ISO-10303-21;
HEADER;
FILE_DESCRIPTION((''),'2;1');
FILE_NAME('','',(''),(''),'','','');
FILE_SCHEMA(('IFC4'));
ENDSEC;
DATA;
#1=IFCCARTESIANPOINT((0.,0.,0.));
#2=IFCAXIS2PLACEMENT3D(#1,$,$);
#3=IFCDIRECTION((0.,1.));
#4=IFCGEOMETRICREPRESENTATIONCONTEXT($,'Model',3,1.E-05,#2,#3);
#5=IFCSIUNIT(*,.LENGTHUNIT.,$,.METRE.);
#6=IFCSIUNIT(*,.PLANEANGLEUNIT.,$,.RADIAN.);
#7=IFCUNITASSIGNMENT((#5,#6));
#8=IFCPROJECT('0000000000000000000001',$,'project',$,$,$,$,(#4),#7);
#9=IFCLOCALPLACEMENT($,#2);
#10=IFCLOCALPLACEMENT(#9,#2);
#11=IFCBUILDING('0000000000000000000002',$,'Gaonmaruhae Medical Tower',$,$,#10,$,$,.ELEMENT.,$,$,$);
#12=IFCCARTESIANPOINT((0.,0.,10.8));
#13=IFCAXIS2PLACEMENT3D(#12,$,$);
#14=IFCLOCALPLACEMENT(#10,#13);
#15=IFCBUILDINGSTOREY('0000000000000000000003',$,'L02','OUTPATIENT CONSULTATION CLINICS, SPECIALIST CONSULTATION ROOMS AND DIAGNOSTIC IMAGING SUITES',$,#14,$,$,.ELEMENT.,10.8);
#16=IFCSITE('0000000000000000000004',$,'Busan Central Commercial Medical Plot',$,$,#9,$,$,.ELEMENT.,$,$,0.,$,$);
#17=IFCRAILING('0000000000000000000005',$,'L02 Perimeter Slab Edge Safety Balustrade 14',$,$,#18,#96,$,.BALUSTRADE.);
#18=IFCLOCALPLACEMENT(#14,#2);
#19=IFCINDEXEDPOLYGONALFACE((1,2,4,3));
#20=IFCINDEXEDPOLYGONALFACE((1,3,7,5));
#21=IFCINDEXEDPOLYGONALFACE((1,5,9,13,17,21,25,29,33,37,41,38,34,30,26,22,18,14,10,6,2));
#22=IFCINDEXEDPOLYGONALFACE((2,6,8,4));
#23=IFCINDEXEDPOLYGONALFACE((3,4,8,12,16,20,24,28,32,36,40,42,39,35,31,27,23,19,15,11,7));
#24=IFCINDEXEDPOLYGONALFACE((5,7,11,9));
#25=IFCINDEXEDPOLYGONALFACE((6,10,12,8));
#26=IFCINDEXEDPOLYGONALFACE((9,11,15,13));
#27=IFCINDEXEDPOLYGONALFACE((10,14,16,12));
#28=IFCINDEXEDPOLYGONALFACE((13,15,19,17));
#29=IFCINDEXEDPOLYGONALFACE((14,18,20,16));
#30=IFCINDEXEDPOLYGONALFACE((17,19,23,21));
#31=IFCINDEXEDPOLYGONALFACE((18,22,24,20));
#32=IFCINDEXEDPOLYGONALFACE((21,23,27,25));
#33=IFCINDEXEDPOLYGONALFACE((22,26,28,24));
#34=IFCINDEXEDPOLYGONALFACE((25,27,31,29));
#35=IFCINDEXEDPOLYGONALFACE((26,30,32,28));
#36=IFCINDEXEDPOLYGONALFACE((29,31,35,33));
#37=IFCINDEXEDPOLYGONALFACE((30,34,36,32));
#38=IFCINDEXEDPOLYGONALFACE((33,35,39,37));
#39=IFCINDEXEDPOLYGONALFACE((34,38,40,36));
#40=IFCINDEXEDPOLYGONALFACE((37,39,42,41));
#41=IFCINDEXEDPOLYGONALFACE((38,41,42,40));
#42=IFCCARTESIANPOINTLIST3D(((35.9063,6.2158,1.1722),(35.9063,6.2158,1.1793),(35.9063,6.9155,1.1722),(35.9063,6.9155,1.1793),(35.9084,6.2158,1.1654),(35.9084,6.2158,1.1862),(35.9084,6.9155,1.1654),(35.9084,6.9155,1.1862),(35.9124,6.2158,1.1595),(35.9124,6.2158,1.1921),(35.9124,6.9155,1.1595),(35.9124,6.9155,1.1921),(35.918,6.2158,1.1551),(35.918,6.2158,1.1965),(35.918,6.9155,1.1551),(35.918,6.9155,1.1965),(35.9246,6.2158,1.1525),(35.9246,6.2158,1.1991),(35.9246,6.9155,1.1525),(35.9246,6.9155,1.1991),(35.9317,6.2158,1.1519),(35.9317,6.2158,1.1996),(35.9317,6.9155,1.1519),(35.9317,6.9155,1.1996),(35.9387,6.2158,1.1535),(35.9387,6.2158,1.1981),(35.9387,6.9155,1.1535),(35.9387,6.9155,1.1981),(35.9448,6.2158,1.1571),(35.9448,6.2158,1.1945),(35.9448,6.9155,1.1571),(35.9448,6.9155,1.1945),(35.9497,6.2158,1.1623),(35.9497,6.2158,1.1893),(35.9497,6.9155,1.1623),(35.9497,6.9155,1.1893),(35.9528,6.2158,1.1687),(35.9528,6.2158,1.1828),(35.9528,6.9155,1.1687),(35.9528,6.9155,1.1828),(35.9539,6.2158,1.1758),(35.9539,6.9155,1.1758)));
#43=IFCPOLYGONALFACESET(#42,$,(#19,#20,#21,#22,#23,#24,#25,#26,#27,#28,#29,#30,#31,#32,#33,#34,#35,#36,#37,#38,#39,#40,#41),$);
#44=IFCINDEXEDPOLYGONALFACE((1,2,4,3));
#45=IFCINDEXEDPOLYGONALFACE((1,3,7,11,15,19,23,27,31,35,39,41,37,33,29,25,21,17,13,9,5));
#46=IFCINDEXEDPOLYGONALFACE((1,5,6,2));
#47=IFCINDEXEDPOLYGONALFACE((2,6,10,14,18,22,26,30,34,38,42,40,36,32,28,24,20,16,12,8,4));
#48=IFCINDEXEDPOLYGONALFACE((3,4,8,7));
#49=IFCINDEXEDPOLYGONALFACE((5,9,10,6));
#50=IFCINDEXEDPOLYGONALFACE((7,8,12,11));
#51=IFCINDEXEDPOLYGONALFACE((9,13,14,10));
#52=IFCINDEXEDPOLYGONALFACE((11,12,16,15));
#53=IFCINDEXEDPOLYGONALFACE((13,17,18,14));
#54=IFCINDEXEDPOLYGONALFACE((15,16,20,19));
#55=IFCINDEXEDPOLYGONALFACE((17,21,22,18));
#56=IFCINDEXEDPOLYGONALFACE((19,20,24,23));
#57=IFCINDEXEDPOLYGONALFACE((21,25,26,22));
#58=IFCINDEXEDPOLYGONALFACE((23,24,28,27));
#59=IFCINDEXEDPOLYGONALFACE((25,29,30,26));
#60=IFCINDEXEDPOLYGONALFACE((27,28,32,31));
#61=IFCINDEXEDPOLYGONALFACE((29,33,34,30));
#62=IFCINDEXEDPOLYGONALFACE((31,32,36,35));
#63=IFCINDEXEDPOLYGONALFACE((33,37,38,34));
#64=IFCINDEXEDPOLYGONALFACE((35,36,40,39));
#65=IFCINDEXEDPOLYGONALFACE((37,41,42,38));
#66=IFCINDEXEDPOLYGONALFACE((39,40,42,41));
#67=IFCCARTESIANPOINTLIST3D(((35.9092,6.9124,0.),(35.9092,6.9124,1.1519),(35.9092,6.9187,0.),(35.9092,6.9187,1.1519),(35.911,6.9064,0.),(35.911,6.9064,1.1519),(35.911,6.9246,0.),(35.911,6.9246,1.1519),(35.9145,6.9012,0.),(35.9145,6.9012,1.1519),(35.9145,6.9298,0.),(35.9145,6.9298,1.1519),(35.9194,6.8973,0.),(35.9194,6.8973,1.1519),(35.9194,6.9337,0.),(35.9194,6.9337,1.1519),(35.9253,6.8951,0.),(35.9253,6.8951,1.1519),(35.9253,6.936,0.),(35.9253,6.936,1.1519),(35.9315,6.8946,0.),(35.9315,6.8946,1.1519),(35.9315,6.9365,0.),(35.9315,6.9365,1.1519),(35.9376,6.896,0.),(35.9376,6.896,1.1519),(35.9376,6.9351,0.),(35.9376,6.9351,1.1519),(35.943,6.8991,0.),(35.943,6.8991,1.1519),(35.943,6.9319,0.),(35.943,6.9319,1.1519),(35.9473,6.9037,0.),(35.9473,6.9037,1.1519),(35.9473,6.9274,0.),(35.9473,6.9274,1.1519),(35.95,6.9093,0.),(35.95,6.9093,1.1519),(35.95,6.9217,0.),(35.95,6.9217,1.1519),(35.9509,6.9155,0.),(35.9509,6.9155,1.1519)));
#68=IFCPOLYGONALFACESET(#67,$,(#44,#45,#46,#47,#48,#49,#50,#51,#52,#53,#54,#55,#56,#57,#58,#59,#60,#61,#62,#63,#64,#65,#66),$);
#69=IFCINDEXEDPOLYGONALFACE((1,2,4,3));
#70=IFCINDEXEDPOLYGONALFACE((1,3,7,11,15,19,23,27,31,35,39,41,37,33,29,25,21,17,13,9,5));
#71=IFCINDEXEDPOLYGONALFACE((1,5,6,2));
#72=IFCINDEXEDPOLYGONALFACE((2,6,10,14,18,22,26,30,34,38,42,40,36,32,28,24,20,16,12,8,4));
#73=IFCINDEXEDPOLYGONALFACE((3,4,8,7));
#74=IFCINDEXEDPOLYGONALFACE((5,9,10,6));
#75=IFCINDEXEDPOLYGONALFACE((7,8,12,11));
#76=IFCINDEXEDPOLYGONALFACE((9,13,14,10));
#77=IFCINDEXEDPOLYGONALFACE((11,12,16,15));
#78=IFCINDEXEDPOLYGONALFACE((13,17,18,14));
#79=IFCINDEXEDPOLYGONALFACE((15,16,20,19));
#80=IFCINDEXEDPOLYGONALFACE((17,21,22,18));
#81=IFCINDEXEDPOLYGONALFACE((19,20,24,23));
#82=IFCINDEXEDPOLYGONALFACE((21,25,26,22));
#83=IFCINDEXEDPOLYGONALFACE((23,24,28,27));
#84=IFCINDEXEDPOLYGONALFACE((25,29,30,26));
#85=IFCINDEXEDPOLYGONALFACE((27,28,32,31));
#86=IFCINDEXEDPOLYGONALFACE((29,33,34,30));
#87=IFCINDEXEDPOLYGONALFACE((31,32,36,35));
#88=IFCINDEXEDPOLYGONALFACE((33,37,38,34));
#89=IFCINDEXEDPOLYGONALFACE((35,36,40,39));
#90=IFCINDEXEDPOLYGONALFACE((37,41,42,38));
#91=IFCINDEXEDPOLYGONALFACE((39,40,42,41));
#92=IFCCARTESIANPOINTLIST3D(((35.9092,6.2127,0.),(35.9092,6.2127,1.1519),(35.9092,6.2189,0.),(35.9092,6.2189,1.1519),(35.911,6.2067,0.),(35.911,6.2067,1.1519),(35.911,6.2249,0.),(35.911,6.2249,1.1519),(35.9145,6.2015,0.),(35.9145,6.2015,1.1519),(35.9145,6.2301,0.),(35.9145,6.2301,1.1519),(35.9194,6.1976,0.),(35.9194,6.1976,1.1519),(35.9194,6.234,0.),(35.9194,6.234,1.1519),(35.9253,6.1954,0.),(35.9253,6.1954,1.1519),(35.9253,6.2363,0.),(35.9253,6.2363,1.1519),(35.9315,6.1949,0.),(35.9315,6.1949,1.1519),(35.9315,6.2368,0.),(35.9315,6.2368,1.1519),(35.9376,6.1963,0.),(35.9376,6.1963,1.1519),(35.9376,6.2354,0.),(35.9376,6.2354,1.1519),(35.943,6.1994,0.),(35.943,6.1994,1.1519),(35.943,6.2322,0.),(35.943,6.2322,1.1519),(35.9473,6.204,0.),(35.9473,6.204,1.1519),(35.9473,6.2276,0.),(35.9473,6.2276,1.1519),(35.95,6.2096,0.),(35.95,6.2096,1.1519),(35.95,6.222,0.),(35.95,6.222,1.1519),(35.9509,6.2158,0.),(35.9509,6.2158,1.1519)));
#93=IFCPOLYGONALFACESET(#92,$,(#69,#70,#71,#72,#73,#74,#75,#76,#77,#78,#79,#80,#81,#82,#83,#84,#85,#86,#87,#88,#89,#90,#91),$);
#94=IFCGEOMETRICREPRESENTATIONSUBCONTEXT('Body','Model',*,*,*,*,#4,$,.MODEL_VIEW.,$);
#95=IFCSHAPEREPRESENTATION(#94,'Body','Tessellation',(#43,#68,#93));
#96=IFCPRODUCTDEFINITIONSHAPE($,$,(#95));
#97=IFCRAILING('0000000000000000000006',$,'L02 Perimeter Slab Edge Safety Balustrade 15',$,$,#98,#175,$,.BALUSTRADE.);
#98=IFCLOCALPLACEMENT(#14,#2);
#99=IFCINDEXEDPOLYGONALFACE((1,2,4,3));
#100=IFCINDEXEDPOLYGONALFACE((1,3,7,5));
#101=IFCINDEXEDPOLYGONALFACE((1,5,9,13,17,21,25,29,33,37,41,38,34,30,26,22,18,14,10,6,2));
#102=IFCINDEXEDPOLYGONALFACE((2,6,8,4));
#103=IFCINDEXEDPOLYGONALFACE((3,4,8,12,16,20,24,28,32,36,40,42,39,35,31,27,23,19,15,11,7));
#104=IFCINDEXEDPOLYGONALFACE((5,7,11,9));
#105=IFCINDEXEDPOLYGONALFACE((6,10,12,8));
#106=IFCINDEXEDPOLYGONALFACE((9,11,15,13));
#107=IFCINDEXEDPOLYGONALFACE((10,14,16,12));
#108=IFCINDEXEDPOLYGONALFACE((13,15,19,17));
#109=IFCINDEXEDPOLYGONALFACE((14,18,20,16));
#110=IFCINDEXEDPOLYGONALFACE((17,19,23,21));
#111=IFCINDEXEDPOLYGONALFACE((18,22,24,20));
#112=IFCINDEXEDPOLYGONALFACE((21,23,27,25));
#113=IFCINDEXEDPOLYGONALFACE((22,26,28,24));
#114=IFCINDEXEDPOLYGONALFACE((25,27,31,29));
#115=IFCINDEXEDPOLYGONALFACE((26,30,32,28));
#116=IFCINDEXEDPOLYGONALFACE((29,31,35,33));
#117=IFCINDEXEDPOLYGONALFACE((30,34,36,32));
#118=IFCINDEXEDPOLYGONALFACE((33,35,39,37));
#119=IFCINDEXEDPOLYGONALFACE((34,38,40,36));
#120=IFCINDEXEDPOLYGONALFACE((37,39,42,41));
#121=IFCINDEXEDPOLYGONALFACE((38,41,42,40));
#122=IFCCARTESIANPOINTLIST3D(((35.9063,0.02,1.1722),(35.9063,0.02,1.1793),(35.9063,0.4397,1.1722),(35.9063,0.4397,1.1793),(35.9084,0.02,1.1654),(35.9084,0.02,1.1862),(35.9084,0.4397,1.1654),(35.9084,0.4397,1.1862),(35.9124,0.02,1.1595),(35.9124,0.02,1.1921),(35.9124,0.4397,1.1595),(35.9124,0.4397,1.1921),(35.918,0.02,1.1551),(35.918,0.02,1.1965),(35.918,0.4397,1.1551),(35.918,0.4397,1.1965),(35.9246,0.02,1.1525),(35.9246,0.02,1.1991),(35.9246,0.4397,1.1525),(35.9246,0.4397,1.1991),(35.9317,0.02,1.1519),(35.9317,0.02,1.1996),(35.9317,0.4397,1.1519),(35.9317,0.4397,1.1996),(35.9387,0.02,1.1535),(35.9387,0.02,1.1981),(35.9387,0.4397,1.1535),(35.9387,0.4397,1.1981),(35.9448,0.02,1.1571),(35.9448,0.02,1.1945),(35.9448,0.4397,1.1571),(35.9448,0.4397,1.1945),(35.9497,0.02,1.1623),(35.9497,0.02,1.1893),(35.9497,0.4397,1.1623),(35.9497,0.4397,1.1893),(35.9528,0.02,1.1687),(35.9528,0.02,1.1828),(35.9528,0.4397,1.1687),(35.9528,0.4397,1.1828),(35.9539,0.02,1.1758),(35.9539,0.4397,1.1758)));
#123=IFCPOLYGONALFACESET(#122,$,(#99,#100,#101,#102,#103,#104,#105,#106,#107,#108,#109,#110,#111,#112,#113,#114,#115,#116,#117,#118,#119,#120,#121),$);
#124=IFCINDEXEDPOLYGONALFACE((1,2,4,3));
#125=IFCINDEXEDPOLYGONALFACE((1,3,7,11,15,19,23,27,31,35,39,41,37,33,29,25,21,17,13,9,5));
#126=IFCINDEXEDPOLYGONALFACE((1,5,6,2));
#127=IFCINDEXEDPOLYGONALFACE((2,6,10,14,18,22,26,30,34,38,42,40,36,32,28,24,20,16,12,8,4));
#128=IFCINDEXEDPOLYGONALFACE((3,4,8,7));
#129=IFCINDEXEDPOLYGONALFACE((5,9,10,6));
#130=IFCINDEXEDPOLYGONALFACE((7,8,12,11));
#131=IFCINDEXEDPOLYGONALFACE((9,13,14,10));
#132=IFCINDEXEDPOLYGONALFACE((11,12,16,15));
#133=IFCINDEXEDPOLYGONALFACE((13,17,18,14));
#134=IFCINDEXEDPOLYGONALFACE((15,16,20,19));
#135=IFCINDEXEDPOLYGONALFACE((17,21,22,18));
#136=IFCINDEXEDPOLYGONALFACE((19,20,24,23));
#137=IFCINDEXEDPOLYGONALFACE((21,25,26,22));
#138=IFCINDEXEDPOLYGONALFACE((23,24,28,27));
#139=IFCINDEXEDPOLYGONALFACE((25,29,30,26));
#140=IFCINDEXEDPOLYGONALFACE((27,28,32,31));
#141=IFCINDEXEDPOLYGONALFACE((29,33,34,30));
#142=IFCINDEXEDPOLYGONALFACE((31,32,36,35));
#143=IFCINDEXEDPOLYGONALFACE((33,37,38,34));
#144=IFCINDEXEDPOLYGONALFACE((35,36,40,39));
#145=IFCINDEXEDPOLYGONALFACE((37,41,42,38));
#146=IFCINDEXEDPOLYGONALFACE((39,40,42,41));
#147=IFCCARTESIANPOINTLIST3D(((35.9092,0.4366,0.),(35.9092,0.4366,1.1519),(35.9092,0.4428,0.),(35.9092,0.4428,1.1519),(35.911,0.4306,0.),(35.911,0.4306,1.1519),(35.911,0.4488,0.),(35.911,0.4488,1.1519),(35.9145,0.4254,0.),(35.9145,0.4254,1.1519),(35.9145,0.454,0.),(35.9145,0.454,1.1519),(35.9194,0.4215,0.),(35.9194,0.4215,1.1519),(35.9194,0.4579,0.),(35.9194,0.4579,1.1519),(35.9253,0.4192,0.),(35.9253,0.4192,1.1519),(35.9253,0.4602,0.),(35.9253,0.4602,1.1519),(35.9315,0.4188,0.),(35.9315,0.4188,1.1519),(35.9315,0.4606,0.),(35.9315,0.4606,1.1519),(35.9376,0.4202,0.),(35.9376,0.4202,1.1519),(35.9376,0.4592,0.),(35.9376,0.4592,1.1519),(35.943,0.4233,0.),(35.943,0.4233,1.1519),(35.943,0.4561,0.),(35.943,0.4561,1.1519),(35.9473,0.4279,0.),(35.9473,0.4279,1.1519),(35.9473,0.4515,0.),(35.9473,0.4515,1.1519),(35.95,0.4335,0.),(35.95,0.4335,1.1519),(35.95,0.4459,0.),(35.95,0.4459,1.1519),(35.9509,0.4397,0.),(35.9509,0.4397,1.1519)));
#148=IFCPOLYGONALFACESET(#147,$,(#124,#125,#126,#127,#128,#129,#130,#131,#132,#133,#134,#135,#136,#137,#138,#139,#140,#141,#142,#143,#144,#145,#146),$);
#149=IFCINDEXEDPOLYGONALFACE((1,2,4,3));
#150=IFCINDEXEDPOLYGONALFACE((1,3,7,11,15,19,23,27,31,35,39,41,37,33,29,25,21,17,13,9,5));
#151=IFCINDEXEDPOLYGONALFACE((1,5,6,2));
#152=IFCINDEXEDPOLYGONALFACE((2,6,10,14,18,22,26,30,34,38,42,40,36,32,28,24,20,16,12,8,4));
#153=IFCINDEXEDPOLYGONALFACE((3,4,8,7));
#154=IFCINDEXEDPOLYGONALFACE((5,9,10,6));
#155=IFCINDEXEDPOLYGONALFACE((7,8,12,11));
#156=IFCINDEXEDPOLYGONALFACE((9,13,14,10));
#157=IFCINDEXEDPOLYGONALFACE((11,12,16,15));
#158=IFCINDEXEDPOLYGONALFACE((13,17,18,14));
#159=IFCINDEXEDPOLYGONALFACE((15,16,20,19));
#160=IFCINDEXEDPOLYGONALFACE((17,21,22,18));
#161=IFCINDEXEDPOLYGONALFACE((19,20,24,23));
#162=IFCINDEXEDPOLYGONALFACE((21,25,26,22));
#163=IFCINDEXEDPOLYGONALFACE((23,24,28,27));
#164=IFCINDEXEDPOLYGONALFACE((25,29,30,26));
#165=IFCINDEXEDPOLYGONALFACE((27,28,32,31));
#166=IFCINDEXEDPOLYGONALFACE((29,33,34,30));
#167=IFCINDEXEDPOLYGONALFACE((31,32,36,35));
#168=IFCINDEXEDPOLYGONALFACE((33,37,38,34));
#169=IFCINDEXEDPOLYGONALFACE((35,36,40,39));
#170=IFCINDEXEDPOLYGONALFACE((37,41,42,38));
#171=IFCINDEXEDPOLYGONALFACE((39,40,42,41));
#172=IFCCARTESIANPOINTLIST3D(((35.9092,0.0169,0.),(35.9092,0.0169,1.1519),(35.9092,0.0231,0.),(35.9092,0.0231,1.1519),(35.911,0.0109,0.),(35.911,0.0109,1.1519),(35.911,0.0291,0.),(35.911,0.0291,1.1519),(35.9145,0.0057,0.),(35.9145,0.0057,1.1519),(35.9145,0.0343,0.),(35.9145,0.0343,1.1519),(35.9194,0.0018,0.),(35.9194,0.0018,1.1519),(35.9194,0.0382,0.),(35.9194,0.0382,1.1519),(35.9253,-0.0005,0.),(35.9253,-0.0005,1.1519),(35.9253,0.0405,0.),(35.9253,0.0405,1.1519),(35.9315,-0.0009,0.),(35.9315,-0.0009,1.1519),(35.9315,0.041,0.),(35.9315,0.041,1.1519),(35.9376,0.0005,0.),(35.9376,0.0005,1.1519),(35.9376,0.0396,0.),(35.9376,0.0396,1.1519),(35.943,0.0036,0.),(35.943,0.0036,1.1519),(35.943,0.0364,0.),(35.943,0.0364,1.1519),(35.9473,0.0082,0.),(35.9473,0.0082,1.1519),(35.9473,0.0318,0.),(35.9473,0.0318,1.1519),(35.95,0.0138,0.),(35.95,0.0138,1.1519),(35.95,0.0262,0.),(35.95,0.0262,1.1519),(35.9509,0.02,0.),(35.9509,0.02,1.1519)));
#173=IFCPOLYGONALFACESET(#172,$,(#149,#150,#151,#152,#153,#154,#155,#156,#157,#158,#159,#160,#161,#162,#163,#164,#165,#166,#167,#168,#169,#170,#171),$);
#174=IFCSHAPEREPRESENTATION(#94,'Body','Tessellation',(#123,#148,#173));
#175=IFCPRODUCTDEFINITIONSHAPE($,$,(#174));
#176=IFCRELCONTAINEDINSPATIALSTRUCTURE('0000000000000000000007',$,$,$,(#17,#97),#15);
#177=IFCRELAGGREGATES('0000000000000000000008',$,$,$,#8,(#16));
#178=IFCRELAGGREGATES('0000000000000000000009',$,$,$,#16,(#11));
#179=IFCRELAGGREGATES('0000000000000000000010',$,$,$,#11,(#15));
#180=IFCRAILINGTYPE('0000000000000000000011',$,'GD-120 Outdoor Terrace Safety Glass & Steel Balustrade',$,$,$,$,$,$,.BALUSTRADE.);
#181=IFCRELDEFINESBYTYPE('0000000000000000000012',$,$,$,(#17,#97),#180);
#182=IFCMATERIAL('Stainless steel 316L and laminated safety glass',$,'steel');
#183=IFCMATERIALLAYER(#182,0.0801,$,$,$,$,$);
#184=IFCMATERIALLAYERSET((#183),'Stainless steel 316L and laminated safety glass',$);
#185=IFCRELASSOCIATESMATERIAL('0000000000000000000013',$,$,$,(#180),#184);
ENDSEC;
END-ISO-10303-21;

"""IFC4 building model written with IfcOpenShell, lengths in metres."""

from ifc_helpers import new_model, si_unit, direction, frame, origin, origin_2d, place, context, subcontext, project, spatial, circle, extrude, material, layer, layer_set, type_object, element, save


model = new_model("IFC4")

# Units and contexts
model_context = context("Model", 3, precision=1e-05, world=origin(), true_north=direction((0.0, 1.0)))
body_context = subcontext(model_context, "Body", "Model", "MODEL_VIEW")
ifc_project = project(units=[si_unit("LENGTHUNIT", "METRE"), si_unit("PLANEANGLEUNIT", "RADIAN")], contexts=[model_context])

# Site, building, storey
site_placement = place(None, origin())
site = spatial("IfcSite", under=ifc_project, at=site_placement, Name="Busan Central Commercial Medical Plot", CompositionType="ELEMENT", RefElevation=0.0)
building_placement = place(site_placement, origin())
building = spatial("IfcBuilding", under=site, at=building_placement, Name="Gaonmaruhae Medical Tower", CompositionType="ELEMENT")
storey_placement = place(building_placement, frame((0.0, 0.0, 10.8)))
storey = spatial("IfcBuildingStorey", under=building, at=storey_placement, Name="L02", Description="OUTPATIENT CONSULTATION CLINICS, SPECIALIST CONSULTATION ROOMS AND DIAGNOSTIC IMAGING SUITES", CompositionType="ELEMENT", Elevation=10.8)

# Railings
ifc_material_1 = material(Name="Stainless steel 316L and laminated safety glass", Category="steel")
ifc_layer_1 = layer(ifc_material_1, 0.0801)
ifc_layer_set_1 = layer_set([ifc_layer_1], Name="Stainless steel 316L and laminated safety glass")
railing_type_1 = type_object("IfcRailingType", Name="GD-120 Outdoor Terrace Safety Glass & Steel Balustrade", PredefinedType="BALUSTRADE", material=ifc_layer_set_1)
railing_1_placement = place(storey_placement, frame((35.9299, 6.9155, 0.0)))
element("IfcRailing", 1, at=railing_1_placement, inside=storey, type_object=railing_type_1, Name="L02 Perimeter Slab Edge Safety Balustrade 14", PredefinedType="BALUSTRADE", context=body_context, shape_type="SweptSolid", body=[
    extrude(circle(Radius=0.0239, at=origin_2d()), frame((0.0, 0.0, 1.1758), z_axis=(0.0, -1.0, 0.0), x_axis=(1.0, 0.0, 0.0)), (0.0, 0.0, 1.0), 0.6997),
    extrude(circle(Radius=0.021, at=origin_2d()), origin(), (0.0, 0.0, 1.0), 1.1519),
    extrude(circle(Radius=0.021, at=origin_2d()), frame((0.0, -0.6997, 0.0)), (0.0, 0.0, 1.0), 1.1519),
])
railing_2_placement = place(storey_placement, frame((35.9299, 0.4397, 0.0)))
element("IfcRailing", 2, at=railing_2_placement, inside=storey, type_object=railing_type_1, Name="L02 Perimeter Slab Edge Safety Balustrade 15", PredefinedType="BALUSTRADE", context=body_context, shape_type="SweptSolid", body=[
    extrude(circle(Radius=0.0239, at=origin_2d()), frame((0.0, 0.0, 1.1758), z_axis=(0.0, -1.0, 0.0), x_axis=(1.0, 0.0, 0.0)), (0.0, 0.0, 1.0), 0.4197),
    extrude(circle(Radius=0.021, at=origin_2d()), origin(), (0.0, 0.0, 1.0), 1.1519),
    extrude(circle(Radius=0.021, at=origin_2d()), frame((0.0, -0.4197, 0.0)), (0.0, 0.0, 1.0), 1.1519),
])

save(model, "model.ifc")
